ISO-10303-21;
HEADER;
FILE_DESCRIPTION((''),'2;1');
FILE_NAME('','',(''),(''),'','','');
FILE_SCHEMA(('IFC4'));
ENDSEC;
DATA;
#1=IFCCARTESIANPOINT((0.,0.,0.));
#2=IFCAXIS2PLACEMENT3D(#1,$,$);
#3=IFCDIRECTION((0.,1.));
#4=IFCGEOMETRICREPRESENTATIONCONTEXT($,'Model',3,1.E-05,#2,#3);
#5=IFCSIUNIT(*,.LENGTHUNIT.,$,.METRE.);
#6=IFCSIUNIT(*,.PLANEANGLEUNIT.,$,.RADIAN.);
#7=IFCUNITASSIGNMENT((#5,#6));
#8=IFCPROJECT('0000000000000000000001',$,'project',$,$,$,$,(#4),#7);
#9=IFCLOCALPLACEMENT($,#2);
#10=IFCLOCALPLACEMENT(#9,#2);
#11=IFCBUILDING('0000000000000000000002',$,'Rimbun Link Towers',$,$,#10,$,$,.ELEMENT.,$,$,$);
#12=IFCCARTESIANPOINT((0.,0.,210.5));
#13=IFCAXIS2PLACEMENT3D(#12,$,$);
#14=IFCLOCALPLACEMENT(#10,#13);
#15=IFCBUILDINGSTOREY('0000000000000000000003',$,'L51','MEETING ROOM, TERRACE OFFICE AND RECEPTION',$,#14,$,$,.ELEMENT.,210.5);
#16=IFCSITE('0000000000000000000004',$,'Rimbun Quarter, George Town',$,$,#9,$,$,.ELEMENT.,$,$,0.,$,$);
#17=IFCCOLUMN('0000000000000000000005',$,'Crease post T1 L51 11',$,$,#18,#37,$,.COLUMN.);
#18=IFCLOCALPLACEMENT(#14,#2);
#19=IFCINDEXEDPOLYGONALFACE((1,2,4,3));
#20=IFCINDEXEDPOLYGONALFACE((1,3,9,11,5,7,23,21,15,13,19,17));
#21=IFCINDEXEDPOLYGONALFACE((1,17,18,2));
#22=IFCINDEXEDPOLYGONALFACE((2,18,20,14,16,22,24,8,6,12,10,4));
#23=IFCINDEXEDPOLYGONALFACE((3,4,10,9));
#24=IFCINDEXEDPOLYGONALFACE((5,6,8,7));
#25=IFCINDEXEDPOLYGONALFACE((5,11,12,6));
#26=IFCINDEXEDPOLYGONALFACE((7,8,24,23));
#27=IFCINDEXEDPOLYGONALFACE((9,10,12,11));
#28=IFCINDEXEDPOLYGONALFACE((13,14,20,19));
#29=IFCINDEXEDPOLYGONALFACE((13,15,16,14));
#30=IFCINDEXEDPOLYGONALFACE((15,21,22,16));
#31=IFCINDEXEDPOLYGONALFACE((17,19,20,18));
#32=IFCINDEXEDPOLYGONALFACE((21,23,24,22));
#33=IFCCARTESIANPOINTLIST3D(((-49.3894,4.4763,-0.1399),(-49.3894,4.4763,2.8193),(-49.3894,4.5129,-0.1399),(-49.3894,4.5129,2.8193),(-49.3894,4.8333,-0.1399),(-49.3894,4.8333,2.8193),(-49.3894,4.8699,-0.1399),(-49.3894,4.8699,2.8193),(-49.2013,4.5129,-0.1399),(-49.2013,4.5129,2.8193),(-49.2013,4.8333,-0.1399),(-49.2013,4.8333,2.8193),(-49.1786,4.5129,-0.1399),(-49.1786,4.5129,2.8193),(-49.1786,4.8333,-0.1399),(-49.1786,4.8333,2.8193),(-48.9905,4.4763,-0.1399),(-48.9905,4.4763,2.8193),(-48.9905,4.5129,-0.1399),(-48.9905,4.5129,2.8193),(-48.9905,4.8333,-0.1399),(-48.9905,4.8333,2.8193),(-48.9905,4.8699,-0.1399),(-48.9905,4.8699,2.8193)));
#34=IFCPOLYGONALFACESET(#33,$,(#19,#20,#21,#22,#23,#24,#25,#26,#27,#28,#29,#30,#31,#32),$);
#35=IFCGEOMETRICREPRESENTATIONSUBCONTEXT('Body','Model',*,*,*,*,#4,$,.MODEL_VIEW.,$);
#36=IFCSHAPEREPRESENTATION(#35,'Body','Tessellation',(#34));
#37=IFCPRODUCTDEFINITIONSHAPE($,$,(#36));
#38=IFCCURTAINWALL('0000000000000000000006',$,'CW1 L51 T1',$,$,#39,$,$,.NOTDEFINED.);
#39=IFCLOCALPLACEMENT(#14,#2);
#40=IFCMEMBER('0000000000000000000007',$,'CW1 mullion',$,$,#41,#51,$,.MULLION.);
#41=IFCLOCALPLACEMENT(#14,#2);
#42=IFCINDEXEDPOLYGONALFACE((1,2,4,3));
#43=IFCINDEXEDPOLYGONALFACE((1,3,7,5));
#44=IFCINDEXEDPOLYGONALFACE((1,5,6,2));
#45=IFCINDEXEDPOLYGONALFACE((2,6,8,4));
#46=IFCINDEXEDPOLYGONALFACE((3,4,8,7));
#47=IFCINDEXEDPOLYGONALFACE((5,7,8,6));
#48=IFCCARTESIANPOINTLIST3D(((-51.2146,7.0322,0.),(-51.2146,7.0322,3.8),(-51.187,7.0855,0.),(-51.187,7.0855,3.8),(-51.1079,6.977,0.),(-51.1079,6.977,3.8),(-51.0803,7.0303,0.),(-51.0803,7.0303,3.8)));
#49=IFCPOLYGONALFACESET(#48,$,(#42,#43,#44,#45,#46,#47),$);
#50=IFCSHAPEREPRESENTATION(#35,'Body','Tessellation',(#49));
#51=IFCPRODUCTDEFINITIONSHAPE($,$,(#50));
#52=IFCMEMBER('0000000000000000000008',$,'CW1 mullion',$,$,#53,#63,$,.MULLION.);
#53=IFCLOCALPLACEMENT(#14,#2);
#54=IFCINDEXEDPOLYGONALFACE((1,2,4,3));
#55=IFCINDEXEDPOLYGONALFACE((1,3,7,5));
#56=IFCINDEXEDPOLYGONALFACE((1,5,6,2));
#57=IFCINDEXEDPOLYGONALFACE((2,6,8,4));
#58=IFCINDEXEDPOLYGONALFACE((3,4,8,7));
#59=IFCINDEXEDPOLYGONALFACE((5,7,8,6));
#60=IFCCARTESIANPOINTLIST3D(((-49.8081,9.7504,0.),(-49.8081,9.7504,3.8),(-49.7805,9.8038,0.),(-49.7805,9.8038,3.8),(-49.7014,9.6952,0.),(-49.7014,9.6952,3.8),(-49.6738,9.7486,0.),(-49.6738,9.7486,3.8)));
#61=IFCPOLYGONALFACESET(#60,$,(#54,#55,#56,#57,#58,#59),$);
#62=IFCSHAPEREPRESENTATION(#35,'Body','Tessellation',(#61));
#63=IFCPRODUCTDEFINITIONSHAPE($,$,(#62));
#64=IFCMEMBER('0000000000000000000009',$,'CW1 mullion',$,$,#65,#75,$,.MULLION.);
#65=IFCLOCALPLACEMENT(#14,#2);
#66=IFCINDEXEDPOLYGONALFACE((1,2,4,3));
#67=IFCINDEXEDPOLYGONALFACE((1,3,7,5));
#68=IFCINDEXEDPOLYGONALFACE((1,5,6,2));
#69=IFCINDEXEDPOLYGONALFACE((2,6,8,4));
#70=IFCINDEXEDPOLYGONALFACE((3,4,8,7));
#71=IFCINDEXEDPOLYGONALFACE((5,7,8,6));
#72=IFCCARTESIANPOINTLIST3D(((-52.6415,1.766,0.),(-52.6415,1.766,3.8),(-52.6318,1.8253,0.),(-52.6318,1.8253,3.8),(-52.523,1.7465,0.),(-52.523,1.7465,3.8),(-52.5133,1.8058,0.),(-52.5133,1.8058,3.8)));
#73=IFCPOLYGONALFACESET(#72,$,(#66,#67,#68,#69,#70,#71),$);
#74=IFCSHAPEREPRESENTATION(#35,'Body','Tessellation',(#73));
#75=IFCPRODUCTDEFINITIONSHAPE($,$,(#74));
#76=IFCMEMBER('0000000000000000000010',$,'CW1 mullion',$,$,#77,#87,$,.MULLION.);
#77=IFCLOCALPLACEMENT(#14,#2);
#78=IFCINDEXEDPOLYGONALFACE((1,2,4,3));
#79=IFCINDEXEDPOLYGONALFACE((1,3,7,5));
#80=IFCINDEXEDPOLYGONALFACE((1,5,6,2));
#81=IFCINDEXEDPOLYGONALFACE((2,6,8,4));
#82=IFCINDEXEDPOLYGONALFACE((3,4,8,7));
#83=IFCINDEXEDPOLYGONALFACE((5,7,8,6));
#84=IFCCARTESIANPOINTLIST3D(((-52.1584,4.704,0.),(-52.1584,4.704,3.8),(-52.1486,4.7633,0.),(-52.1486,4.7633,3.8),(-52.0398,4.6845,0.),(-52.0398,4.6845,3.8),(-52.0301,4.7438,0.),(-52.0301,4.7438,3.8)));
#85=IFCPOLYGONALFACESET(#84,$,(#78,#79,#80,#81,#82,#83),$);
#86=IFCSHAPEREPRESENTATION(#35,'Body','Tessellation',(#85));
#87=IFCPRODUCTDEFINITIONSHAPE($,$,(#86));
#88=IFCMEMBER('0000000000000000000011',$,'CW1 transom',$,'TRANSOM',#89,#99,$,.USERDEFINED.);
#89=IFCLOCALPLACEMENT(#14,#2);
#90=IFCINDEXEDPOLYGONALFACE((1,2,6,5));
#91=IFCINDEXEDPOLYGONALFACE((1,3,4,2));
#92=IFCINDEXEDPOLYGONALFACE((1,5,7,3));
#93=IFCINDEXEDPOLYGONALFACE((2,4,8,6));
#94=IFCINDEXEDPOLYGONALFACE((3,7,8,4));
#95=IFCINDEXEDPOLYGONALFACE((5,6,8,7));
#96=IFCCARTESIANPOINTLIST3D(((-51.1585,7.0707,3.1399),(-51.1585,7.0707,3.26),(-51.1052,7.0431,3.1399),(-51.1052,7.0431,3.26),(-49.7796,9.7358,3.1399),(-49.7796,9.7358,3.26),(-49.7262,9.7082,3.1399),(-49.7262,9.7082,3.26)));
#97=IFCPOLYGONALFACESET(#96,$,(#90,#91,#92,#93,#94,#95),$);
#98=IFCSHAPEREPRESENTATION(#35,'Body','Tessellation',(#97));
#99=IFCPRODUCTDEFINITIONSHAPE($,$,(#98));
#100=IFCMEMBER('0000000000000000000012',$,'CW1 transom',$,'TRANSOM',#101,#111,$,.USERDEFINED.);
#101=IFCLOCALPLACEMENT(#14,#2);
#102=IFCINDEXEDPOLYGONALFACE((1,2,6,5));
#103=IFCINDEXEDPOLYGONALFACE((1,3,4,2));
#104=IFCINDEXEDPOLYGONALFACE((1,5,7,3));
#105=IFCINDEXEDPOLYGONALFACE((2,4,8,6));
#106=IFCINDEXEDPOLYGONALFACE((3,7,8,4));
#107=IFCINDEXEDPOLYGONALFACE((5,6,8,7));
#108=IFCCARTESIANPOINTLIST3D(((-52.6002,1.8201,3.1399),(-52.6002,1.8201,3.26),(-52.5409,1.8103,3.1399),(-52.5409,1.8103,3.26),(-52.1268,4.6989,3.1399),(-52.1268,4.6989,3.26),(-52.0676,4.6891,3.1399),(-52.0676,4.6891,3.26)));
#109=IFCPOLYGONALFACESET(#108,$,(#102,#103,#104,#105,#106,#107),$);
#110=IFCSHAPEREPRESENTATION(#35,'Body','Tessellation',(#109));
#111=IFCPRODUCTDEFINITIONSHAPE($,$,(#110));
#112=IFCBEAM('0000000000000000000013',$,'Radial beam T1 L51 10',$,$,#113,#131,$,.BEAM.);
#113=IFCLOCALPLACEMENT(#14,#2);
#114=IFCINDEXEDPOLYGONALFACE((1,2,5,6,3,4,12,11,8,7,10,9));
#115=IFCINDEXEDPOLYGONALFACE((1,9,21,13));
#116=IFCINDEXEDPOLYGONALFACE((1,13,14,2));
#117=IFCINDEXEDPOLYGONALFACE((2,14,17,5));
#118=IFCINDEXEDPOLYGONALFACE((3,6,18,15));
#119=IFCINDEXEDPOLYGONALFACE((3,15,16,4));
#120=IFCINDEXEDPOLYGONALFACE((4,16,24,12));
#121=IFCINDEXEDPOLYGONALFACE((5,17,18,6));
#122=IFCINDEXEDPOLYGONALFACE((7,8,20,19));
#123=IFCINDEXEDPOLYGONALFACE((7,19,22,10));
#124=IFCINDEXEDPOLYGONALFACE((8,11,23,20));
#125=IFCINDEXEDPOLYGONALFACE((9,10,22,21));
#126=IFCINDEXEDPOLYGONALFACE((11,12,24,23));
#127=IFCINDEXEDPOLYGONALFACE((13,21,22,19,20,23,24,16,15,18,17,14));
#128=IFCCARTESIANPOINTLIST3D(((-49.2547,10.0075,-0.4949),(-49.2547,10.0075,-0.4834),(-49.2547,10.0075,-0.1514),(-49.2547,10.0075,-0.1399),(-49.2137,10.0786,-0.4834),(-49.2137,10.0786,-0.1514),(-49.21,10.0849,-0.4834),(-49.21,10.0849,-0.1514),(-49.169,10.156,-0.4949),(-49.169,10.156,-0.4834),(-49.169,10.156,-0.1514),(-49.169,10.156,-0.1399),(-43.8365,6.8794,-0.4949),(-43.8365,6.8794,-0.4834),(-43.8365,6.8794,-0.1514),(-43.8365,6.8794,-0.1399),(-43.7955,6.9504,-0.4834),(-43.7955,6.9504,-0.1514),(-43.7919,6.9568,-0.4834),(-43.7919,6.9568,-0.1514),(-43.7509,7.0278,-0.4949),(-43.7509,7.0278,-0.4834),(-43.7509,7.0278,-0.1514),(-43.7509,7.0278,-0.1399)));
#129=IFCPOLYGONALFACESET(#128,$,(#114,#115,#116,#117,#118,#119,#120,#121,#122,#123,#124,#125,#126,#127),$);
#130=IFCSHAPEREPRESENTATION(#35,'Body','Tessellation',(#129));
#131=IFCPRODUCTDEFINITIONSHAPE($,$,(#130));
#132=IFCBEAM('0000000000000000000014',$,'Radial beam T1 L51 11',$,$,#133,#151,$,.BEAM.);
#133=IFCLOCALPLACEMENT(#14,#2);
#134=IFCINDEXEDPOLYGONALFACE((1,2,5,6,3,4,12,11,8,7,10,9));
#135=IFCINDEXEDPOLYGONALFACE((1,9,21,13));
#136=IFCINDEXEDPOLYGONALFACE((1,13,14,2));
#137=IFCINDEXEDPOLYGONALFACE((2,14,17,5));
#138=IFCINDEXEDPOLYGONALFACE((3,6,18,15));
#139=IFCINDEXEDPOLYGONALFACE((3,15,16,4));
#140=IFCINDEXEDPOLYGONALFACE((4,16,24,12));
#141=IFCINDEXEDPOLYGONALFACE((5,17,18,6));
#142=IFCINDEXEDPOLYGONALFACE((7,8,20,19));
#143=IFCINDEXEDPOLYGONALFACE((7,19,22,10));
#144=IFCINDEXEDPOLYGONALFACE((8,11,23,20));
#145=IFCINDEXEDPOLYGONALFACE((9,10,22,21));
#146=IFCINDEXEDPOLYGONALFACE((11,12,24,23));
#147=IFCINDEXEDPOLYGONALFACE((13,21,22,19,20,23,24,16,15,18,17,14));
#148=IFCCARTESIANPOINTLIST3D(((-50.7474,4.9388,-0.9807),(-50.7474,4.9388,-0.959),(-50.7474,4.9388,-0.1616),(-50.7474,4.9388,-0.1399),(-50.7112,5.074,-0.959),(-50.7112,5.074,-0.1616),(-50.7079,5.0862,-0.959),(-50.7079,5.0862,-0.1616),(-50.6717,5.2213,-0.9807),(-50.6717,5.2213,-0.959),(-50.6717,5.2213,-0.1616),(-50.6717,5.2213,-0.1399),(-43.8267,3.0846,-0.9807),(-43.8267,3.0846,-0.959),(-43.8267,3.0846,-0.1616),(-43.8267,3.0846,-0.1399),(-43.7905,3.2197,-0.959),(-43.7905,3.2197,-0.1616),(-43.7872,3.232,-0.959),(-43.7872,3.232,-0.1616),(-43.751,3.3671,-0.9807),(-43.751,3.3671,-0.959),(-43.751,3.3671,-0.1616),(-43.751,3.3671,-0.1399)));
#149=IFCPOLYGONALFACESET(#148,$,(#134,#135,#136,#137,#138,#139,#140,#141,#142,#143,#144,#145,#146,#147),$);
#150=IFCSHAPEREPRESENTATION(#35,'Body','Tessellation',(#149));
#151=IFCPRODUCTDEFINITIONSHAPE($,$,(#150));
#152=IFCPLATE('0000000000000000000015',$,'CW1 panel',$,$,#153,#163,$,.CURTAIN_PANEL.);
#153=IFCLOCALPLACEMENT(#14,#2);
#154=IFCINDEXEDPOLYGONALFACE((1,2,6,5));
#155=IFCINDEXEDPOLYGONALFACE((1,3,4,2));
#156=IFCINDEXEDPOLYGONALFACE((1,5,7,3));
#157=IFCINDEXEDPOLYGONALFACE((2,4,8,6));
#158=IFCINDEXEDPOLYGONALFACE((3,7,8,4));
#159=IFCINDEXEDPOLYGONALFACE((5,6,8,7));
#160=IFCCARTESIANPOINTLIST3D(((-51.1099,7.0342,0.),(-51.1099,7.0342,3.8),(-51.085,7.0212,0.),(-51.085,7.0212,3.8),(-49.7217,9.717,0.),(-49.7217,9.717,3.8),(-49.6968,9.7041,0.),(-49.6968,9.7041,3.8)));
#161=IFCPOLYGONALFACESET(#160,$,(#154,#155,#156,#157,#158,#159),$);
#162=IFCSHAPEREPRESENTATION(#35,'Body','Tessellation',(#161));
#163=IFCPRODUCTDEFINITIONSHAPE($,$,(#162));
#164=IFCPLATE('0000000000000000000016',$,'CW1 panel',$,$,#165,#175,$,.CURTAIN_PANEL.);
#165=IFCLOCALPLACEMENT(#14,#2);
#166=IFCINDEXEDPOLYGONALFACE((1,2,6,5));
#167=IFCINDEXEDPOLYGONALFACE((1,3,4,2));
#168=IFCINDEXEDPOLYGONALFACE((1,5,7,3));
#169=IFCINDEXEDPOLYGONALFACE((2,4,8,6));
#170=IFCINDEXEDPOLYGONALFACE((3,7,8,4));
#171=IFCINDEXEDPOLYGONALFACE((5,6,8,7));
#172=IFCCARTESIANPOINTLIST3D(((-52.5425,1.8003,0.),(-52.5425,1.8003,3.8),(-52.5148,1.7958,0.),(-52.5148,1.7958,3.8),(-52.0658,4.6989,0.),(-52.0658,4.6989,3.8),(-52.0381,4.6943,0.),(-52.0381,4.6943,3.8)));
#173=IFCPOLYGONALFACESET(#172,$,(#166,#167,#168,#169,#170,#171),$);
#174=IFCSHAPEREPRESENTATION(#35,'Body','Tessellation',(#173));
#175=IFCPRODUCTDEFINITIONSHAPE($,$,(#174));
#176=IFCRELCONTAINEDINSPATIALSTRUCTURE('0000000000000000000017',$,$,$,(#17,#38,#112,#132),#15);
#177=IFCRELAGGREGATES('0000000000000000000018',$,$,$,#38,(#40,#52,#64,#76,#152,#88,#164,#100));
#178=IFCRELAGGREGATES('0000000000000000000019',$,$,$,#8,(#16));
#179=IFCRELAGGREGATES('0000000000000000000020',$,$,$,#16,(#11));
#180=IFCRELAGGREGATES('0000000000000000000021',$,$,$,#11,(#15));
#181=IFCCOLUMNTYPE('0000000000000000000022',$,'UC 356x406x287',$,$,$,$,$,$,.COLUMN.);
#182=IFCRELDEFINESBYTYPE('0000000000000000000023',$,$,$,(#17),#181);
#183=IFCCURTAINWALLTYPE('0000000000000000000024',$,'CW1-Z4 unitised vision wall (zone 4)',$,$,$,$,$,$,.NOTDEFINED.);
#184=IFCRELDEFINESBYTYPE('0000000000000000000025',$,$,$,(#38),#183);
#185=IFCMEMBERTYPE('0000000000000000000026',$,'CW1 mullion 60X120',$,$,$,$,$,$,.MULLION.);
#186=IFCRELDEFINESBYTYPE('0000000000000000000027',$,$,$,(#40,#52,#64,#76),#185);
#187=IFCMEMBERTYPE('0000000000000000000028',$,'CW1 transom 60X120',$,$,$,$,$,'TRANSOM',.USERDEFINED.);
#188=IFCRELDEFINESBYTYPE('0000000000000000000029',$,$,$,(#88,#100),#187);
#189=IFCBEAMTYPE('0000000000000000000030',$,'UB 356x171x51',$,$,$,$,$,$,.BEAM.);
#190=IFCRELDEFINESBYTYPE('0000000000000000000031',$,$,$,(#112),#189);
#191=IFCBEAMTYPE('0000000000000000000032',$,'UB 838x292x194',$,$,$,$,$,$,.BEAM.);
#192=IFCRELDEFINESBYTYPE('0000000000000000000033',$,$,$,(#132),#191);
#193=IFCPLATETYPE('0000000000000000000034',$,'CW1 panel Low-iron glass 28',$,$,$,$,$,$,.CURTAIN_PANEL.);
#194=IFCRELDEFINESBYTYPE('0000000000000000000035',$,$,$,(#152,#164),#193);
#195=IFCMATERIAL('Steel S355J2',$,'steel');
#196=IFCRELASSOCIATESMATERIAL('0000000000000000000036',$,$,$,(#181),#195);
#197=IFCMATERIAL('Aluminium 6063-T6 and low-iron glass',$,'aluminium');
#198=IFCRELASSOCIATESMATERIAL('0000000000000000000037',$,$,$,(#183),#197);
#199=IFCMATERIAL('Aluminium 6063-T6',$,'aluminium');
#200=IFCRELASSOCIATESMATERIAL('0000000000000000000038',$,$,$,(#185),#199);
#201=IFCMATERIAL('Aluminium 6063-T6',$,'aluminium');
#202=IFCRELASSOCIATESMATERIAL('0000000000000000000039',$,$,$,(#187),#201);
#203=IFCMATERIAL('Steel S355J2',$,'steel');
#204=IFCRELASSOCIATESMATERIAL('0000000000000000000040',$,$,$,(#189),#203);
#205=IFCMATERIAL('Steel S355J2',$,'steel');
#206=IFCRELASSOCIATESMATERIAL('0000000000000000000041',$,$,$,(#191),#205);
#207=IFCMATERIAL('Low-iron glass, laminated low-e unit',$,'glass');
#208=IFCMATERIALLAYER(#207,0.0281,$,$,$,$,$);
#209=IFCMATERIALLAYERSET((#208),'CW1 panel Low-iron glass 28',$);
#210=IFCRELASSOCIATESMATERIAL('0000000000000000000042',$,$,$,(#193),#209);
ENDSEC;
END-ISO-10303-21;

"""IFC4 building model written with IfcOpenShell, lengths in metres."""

from ifc_helpers import new_model, si_unit, direction, frame, origin, origin_2d, place, context, subcontext, project, spatial, rectangle, i_section, extrude, material, layer, layer_set, material_profile, profile_set, type_object, element, aggregate, save


model = new_model("IFC4")

# Units and contexts
model_context = context("Model", 3, precision=1e-05, world=origin(), true_north=direction((0.0, 1.0)))
body_context = subcontext(model_context, "Body", "Model", "MODEL_VIEW")
ifc_project = project(units=[si_unit("LENGTHUNIT", "METRE"), si_unit("PLANEANGLEUNIT", "RADIAN")], contexts=[model_context])

# Site, building, storey
site_placement = place(None, origin())
site = spatial("IfcSite", under=ifc_project, at=site_placement, Name="Rimbun Quarter, George Town", CompositionType="ELEMENT", RefElevation=0.0)
building_placement = place(site_placement, origin())
building = spatial("IfcBuilding", under=site, at=building_placement, Name="Rimbun Link Towers", CompositionType="ELEMENT")
storey_placement = place(building_placement, frame((0.0, 0.0, 210.5)))
storey = spatial("IfcBuildingStorey", under=building, at=storey_placement, Name="L51", Description="MEETING ROOM, TERRACE OFFICE AND RECEPTION", CompositionType="ELEMENT", Elevation=210.5)

# Column
ifc_material_1 = material(Name="Steel S355J2", Category="steel")
ifc_material_profile_1 = material_profile(ifc_material_1, i_section(OverallWidth=0.3989, OverallDepth=0.3936, WebThickness=0.0227, FlangeThickness=0.0366, at=origin_2d()), Name="UC 356x406x287")
ifc_profile_set_1 = profile_set([ifc_material_profile_1], Name="Steel S355J2")
column_type = type_object("IfcColumnType", Name="UC 356x406x287", PredefinedType="COLUMN", material=ifc_profile_set_1)
column_placement = place(storey_placement, frame((-49.1899, 4.6731, -0.1399), z_axis=(0.0, 0.0, 1.0), x_axis=(1.0, 0.0, 0.0)))
element("IfcColumn", 1, at=column_placement, inside=storey, type_object=column_type, Name="Crease post T1 L51 11", PredefinedType="COLUMN", context=body_context, shape_type="SweptSolid", body=[
    extrude(i_section(OverallWidth=0.3989, OverallDepth=0.3936, WebThickness=0.0227, FlangeThickness=0.0366, at=origin_2d()), origin(), (0.0, 0.0, 1.0), 2.9592),
])

# Curtain wall, members
ifc_material_2 = material(Name="Aluminium 6063-T6 and low-iron glass", Category="aluminium")
curtain_wall_type = type_object("IfcCurtainWallType", Name="CW1-Z4 unitised vision wall (zone 4)", PredefinedType="NOTDEFINED", material=ifc_material_2)
curtain_wall_placement = place(storey_placement, origin())
curtain_wall = element("IfcCurtainWall", 2, at=curtain_wall_placement, inside=storey, type_object=curtain_wall_type, Name="CW1 L51 T1", PredefinedType="NOTDEFINED")
ifc_material_3 = material(Name="Aluminium 6063-T6", Category="aluminium")
ifc_material_profile_2 = material_profile(ifc_material_3, rectangle(XDim=0.1201, YDim=0.0601, at=origin_2d()), Name="MULLION 60X120")
ifc_profile_set_2 = profile_set([ifc_material_profile_2], Name="Aluminium 6063-T6")
member_type_1 = type_object("IfcMemberType", Name="CW1 mullion 60X120", PredefinedType="MULLION", material=ifc_profile_set_2)
member_1_placement = place(storey_placement, frame((-51.1475, 7.0312, 0.0), z_axis=(0.0, 0.0, 1.0), x_axis=(-0.88815, 0.459554, 0.0)))
member_1 = element("IfcMember", 3, at=member_1_placement, type_object=member_type_1, Name="CW1 mullion", PredefinedType="MULLION", context=body_context, shape_type="SweptSolid", body=[
    extrude(rectangle(XDim=0.1201, YDim=0.0601, at=origin_2d()), origin(), (0.0, 0.0, 1.0), 3.8),
])
member_2_placement = place(storey_placement, frame((-49.741, 9.7495, 0.0), z_axis=(0.0, 0.0, 1.0), x_axis=(-0.88815, 0.459554, 0.0)))
member_2 = element("IfcMember", 4, at=member_2_placement, type_object=member_type_1, Name="CW1 mullion", PredefinedType="MULLION", context=body_context, shape_type="SweptSolid", body=[
    extrude(rectangle(XDim=0.1201, YDim=0.0601, at=origin_2d()), origin(), (0.0, 0.0, 1.0), 3.8),
])
member_3_placement = place(storey_placement, frame((-52.5774, 1.7859, 0.0), z_axis=(0.0, 0.0, 1.0), x_axis=(-0.986747, 0.162264, 0.0)))
member_3 = element("IfcMember", 5, at=member_3_placement, type_object=member_type_1, Name="CW1 mullion", PredefinedType="MULLION", context=body_context, shape_type="SweptSolid", body=[
    extrude(rectangle(XDim=0.1201, YDim=0.0601, at=origin_2d()), origin(), (0.0, 0.0, 1.0), 3.8),
])
member_4_placement = place(storey_placement, frame((-52.0942, 4.7239, 0.0), z_axis=(0.0, 0.0, 1.0), x_axis=(-0.986747, 0.162264, 0.0)))
member_4 = element("IfcMember", 6, at=member_4_placement, type_object=member_type_1, Name="CW1 mullion", PredefinedType="MULLION", context=body_context, shape_type="SweptSolid", body=[
    extrude(rectangle(XDim=0.1201, YDim=0.0601, at=origin_2d()), origin(), (0.0, 0.0, 1.0), 3.8),
])
ifc_material_4 = material(Name="Aluminium 6063-T6", Category="aluminium")
ifc_material_profile_3 = material_profile(ifc_material_4, rectangle(XDim=0.0601, YDim=0.1201, at=origin_2d()), Name="TRANSOM 60X120")
ifc_profile_set_3 = profile_set([ifc_material_profile_3], Name="Aluminium 6063-T6")
member_type_2 = type_object("IfcMemberType", Name="CW1 transom 60X120", ElementType="TRANSOM", PredefinedType="USERDEFINED", material=ifc_profile_set_3)
member_5_placement = place(storey_placement, frame((-51.1318, 7.0569, 3.2), z_axis=(0.459538, 0.888158, 0.0), x_axis=(-0.888158, 0.459538, 0.0)))
member_5 = element("IfcMember", 7, at=member_5_placement, type_object=member_type_2, Name="CW1 transom", ObjectType="TRANSOM", PredefinedType="USERDEFINED", context=body_context, shape_type="SweptSolid", body=[
    extrude(rectangle(XDim=0.0601, YDim=0.1201, at=origin_2d()), origin(), (0.0, 0.0, 1.0), 3.0007),
])
member_6_placement = place(storey_placement, frame((-52.5706, 1.8152, 3.2), z_axis=(0.162255, 0.986749, 0.0), x_axis=(-0.986749, 0.162255, 0.0)))
member_6 = element("IfcMember", 8, at=member_6_placement, type_object=member_type_2, Name="CW1 transom", ObjectType="TRANSOM", PredefinedType="USERDEFINED", context=body_context, shape_type="SweptSolid", body=[
    extrude(rectangle(XDim=0.0601, YDim=0.1201, at=origin_2d()), origin(), (0.0, 0.0, 1.0), 2.9175),
])

# Beams
ifc_material_5 = material(Name="Steel S355J2", Category="steel")
ifc_material_profile_4 = material_profile(ifc_material_5, i_section(OverallWidth=0.1714, OverallDepth=0.355, WebThickness=0.0073, FlangeThickness=0.0115, at=origin_2d()), Name="UB 356x171x51")
ifc_profile_set_4 = profile_set([ifc_material_profile_4], Name="Steel S355J2")
beam_type_1 = type_object("IfcBeamType", Name="UB 356x171x51", PredefinedType="BEAM", material=ifc_profile_set_4)
beam_1_placement = place(storey_placement, frame((-43.7937, 6.9536, -0.3174), z_axis=(-0.866028, 0.499996, 0.0), x_axis=(-0.499996, -0.866028, 0.0)))
element("IfcBeam", 9, at=beam_1_placement, inside=storey, type_object=beam_type_1, Name="Radial beam T1 L51 10", PredefinedType="BEAM", context=body_context, shape_type="SweptSolid", body=[
    extrude(i_section(OverallWidth=0.1714, OverallDepth=0.355, WebThickness=0.0073, FlangeThickness=0.0115, at=origin_2d()), origin(), (0.0, 0.0, 1.0), 6.2563),
])
ifc_material_6 = material(Name="Steel S355J2", Category="steel")
ifc_material_profile_5 = material_profile(ifc_material_6, i_section(OverallWidth=0.2925, OverallDepth=0.8408, WebThickness=0.0127, FlangeThickness=0.0217, at=origin_2d()), Name="UB 838x292x194")
ifc_profile_set_5 = profile_set([ifc_material_profile_5], Name="Steel S355J2")
beam_type_2 = type_object("IfcBeamType", Name="UB 838x292x194", PredefinedType="BEAM", material=ifc_profile_set_5)
beam_2_placement = place(storey_placement, frame((-43.7888, 3.2258, -0.5603), z_axis=(-0.965931, 0.258801, 0.0), x_axis=(-0.258801, -0.965931, 0.0)))
element("IfcBeam", 10, at=beam_2_placement, inside=storey, type_object=beam_type_2, Name="Radial beam T1 L51 11", PredefinedType="BEAM", context=body_context, shape_type="SweptSolid", body=[
    extrude(i_section(OverallWidth=0.2925, OverallDepth=0.8408, WebThickness=0.0127, FlangeThickness=0.0217, at=origin_2d()), origin(), (0.0, 0.0, 1.0), 7.1648),
])

# Plates
ifc_material_7 = material(Name="Low-iron glass, laminated low-e unit", Category="glass")
ifc_layer_1 = layer(ifc_material_7, 0.0281)
ifc_layer_set_1 = layer_set([ifc_layer_1], Name="CW1 panel Low-iron glass 28")
plate_type = type_object("IfcPlateType", Name="CW1 panel Low-iron glass 28", PredefinedType="CURTAIN_PANEL", material=ifc_layer_set_1)
plate_1_placement = place(storey_placement, frame((-50.4033, 8.3691, 0.0), z_axis=(0.0, 0.0, 1.0), x_axis=(0.459554, 0.88815, 0.0)))
plate_1 = element("IfcPlate", 11, at=plate_1_placement, type_object=plate_type, Name="CW1 panel", PredefinedType="CURTAIN_PANEL", context=body_context, shape_type="SweptSolid", body=[
    extrude(rectangle(XDim=3.0208, YDim=0.0281, at=origin_2d()), origin(), (0.0, 0.0, 1.0), 3.8),
])
plate_2_placement = place(storey_placement, frame((-52.2903, 3.2473, 0.0), z_axis=(0.0, 0.0, 1.0), x_axis=(0.162264, 0.986747, 0.0)))
plate_2 = element("IfcPlate", 12, at=plate_2_placement, type_object=plate_type, Name="CW1 panel", PredefinedType="CURTAIN_PANEL", context=body_context, shape_type="SweptSolid", body=[
    extrude(rectangle(XDim=2.9375, YDim=0.0281, at=origin_2d()), origin(), (0.0, 0.0, 1.0), 3.8),
])
aggregate(curtain_wall, [member_1, member_2, member_3, member_4, plate_1, member_5, plate_2, member_6])

save(model, "model.ifc")
